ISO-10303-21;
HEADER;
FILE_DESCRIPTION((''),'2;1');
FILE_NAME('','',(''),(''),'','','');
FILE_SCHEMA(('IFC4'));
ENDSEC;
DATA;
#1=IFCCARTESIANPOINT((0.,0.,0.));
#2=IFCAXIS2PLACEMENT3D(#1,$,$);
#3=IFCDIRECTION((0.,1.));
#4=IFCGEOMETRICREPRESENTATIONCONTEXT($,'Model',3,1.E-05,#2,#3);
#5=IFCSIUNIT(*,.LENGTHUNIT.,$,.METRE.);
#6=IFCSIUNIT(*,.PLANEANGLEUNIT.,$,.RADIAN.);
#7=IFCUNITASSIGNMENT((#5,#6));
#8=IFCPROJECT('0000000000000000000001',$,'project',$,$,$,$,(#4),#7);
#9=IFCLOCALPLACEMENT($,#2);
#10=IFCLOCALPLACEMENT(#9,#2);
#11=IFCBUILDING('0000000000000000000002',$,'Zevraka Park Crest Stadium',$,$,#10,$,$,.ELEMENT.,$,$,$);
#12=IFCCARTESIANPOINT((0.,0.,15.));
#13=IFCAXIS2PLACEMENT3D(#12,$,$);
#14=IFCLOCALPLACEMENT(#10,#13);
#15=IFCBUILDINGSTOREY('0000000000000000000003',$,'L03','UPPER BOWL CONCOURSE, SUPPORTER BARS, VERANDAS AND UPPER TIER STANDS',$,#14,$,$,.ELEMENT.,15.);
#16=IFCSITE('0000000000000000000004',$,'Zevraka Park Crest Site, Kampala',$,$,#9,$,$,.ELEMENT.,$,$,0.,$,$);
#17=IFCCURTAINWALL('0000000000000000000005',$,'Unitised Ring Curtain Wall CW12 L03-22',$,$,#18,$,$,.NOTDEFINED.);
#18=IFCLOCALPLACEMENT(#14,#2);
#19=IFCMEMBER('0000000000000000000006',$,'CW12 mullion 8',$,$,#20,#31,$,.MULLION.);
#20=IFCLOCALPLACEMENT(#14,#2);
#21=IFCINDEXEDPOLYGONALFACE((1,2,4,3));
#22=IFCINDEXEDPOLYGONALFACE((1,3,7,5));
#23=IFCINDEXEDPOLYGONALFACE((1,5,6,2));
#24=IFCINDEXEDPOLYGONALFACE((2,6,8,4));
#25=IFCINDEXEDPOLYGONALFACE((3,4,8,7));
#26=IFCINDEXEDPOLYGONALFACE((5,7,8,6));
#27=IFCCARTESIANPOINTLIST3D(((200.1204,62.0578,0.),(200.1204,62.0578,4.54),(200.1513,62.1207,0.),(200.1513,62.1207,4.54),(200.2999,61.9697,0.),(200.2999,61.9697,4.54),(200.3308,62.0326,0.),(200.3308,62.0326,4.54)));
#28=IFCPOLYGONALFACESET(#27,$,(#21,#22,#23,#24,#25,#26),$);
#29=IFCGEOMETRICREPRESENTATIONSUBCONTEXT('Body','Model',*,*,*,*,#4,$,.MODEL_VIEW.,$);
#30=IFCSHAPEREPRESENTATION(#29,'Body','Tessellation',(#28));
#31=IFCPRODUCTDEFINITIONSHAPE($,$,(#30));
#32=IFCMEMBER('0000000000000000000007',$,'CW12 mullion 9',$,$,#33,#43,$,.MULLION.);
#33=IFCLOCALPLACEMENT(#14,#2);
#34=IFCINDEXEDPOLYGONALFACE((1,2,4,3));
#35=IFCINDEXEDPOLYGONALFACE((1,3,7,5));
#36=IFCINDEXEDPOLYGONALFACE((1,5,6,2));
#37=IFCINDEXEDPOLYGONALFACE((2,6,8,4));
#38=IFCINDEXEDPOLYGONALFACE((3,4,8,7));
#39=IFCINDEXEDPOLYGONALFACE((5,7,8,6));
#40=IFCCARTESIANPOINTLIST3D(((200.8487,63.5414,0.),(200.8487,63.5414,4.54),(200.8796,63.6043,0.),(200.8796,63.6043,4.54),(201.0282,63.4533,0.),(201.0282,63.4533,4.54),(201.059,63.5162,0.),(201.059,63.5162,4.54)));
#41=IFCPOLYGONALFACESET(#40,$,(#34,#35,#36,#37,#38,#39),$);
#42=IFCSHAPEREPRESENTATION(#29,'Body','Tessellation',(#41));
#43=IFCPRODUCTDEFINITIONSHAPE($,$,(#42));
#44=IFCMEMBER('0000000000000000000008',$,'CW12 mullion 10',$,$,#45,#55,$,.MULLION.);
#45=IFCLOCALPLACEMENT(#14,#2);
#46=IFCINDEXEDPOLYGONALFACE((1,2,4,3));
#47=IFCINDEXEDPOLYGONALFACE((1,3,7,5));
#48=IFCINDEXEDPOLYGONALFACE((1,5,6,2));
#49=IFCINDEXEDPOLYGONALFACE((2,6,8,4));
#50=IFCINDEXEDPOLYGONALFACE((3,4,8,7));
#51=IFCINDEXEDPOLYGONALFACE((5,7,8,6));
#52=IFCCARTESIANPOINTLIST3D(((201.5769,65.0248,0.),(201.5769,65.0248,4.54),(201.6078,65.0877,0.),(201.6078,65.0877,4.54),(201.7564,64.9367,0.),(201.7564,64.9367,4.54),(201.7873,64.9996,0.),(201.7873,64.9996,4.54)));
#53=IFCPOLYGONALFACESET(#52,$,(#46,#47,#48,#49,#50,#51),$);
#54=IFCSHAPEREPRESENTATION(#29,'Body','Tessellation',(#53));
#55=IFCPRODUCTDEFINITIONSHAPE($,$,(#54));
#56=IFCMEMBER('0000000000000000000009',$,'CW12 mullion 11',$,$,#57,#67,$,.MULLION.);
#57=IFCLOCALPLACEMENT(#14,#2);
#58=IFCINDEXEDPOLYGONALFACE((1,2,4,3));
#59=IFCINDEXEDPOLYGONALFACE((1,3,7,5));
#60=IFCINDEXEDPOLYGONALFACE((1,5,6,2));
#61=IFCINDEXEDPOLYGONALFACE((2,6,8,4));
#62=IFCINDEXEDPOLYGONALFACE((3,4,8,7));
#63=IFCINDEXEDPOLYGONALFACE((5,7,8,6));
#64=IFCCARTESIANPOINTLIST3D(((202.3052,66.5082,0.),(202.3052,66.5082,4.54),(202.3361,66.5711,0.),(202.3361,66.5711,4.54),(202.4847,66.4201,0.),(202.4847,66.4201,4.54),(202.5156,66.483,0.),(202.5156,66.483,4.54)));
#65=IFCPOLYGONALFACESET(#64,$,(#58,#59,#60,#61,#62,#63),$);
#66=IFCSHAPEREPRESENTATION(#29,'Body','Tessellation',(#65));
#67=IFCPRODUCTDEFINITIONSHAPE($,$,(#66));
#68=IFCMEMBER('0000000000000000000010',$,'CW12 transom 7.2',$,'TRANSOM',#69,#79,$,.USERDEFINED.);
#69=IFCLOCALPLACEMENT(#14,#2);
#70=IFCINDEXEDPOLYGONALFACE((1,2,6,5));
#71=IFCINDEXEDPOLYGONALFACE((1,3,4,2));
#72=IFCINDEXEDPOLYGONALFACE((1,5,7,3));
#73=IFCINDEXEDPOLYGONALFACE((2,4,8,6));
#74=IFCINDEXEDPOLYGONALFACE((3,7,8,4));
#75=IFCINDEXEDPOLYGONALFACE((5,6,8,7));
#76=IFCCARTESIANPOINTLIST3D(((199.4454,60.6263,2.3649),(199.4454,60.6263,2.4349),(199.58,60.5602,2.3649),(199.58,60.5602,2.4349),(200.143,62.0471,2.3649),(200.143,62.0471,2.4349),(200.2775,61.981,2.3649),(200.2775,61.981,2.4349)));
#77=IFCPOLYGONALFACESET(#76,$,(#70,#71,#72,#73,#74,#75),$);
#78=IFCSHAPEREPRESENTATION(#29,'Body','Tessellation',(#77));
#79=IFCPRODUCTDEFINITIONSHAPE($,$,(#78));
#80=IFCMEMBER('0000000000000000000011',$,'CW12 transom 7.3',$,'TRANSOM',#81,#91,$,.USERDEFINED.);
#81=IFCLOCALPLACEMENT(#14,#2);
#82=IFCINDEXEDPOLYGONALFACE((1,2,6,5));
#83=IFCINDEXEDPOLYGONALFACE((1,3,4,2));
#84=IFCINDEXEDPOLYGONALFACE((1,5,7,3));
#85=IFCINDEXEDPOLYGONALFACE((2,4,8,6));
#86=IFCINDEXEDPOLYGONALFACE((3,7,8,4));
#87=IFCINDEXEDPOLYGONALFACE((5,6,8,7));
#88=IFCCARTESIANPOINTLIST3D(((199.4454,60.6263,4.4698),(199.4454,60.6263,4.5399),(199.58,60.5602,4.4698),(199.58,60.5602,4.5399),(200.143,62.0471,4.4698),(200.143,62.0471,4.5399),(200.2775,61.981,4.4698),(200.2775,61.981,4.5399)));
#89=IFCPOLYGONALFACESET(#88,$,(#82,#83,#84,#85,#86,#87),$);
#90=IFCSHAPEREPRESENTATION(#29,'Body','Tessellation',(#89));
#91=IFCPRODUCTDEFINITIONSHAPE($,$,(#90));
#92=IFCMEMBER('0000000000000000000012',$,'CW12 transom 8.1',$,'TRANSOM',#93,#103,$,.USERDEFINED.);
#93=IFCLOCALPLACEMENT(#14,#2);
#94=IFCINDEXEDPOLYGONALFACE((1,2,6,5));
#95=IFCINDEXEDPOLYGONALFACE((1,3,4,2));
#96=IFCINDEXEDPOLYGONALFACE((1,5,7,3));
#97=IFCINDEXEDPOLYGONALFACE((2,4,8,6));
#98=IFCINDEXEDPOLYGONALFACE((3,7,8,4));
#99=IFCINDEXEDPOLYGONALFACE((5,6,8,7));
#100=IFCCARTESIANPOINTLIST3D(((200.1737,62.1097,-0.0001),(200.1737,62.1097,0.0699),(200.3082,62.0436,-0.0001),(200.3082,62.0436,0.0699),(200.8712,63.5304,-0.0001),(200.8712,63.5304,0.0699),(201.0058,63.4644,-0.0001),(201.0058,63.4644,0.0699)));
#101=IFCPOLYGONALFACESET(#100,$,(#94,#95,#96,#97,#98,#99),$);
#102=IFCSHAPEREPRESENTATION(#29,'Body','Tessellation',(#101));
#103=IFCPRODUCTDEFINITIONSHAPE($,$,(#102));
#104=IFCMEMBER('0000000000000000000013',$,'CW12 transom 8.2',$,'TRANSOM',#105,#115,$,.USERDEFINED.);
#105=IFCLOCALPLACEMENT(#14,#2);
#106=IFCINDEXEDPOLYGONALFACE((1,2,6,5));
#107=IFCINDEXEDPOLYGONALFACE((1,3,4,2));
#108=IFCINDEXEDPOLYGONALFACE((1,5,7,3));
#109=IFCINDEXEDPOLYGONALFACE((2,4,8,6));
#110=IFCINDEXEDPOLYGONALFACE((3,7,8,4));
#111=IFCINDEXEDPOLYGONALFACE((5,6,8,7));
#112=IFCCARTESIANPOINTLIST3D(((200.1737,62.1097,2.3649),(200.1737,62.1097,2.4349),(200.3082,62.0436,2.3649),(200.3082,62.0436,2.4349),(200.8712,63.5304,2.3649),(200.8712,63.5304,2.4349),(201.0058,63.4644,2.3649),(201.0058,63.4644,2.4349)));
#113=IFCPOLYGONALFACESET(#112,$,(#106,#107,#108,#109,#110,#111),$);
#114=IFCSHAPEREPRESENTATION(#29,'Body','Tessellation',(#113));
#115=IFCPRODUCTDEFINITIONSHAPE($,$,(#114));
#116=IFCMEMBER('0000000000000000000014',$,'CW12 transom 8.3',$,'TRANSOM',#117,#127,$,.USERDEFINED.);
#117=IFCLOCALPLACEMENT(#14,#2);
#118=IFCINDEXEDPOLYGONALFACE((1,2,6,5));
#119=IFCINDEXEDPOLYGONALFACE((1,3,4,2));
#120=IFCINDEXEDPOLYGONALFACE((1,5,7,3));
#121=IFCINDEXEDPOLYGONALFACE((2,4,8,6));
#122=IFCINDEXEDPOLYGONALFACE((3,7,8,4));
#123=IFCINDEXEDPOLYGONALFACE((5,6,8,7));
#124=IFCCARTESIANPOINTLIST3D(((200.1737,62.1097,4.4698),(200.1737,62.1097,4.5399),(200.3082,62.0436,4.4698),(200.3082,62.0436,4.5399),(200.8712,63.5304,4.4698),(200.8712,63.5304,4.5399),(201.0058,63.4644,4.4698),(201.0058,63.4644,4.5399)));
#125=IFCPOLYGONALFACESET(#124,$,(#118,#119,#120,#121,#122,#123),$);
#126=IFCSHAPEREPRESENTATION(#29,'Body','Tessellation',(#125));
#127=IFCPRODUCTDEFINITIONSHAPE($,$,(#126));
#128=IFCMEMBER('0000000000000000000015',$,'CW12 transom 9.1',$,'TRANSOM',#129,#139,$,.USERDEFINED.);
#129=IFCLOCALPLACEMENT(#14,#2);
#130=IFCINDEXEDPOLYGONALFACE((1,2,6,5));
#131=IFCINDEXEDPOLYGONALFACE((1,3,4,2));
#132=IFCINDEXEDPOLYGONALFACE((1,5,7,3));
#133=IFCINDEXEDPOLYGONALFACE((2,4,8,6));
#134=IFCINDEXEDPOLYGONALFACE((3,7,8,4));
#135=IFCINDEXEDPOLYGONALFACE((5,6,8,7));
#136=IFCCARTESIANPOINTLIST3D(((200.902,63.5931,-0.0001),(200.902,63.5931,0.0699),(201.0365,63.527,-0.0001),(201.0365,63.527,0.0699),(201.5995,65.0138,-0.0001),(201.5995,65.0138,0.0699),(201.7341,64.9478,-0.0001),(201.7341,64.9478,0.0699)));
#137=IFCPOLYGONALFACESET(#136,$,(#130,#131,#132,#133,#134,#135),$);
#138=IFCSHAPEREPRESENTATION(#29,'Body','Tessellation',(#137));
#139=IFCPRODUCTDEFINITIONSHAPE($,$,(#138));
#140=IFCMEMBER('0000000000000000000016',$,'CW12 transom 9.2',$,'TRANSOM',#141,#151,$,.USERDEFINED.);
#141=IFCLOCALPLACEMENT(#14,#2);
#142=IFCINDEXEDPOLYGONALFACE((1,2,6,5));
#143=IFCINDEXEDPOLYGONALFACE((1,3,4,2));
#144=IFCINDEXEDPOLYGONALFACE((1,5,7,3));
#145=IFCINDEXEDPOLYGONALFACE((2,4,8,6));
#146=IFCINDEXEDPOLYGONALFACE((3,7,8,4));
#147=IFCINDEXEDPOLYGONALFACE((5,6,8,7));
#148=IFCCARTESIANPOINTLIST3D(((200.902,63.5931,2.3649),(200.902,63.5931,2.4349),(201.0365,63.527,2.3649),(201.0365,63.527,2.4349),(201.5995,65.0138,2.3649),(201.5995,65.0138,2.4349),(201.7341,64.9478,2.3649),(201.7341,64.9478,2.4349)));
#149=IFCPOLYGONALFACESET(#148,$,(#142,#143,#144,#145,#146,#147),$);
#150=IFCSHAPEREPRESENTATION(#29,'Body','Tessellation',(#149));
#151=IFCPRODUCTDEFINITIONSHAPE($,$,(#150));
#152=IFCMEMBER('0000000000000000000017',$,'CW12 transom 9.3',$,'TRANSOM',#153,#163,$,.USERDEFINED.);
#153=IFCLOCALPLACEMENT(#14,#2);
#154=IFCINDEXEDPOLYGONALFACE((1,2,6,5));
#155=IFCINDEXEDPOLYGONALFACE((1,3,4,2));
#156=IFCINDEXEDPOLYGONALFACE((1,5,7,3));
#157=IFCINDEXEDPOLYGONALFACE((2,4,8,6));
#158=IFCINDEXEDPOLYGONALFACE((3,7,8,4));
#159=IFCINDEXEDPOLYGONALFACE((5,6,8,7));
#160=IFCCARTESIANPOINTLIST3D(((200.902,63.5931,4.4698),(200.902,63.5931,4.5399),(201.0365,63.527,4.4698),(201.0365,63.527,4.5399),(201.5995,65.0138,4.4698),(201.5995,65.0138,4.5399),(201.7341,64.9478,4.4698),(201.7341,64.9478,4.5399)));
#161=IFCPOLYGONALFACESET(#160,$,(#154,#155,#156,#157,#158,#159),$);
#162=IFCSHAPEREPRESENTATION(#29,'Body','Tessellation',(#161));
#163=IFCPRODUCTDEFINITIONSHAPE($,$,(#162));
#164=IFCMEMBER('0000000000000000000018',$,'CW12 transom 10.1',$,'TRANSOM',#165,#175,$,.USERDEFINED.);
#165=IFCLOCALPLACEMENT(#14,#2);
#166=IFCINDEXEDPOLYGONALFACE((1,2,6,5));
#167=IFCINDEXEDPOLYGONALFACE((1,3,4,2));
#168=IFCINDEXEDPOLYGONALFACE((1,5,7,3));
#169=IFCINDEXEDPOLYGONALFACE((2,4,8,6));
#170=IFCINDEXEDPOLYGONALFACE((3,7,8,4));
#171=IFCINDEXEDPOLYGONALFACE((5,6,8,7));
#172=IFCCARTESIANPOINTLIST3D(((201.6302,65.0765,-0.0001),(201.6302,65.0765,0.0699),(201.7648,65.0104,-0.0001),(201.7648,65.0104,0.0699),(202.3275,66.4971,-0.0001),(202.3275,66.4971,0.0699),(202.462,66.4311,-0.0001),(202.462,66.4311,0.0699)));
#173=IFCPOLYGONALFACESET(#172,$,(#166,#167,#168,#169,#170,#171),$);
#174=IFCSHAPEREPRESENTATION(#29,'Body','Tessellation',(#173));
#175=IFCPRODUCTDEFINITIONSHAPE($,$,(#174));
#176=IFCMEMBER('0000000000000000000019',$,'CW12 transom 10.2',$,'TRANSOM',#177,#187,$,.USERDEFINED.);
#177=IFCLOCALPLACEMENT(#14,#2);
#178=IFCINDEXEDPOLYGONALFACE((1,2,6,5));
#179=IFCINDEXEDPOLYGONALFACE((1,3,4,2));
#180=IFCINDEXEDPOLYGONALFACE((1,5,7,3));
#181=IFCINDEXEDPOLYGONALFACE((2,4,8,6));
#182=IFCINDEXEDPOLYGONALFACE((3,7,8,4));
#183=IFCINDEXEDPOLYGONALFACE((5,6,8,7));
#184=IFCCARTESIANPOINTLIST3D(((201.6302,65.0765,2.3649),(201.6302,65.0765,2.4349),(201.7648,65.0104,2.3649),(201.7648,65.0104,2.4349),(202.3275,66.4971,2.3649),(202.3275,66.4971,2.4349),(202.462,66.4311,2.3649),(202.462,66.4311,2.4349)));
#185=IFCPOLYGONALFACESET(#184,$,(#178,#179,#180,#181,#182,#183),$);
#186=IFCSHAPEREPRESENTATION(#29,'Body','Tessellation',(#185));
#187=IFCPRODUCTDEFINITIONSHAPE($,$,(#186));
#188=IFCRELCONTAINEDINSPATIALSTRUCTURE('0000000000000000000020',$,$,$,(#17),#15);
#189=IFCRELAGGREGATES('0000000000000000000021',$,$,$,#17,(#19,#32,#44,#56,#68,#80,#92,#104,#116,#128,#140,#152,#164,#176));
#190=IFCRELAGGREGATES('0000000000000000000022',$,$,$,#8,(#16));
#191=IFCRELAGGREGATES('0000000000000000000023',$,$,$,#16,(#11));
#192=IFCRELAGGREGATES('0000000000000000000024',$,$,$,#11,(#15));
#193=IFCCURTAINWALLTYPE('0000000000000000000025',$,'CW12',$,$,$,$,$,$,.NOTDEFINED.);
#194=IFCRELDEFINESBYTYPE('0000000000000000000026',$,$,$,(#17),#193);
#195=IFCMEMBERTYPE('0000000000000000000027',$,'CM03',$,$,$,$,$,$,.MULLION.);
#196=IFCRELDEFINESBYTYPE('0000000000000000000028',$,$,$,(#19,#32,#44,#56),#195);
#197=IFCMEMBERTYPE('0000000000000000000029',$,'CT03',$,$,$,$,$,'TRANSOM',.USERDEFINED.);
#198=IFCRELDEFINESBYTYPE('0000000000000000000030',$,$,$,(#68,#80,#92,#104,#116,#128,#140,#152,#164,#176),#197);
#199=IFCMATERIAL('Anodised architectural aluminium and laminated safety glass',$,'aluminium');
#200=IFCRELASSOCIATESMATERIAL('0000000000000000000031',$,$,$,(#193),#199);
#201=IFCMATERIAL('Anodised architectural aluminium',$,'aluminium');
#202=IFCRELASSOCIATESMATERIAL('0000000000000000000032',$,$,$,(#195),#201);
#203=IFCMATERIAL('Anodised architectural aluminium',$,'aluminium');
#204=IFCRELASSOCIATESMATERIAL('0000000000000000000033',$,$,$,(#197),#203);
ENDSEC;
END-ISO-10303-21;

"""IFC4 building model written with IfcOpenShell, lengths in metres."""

from ifc_helpers import new_model, si_unit, direction, frame, origin, origin_2d, place, context, subcontext, project, spatial, rectangle, extrude, material, material_profile, profile_set, type_object, element, aggregate, save


model = new_model("IFC4")

# Units and contexts
model_context = context("Model", 3, precision=1e-05, world=origin(), true_north=direction((0.0, 1.0)))
body_context = subcontext(model_context, "Body", "Model", "MODEL_VIEW")
ifc_project = project(units=[si_unit("LENGTHUNIT", "METRE"), si_unit("PLANEANGLEUNIT", "RADIAN")], contexts=[model_context])

# Site, building, storey
site_placement = place(None, origin())
site = spatial("IfcSite", under=ifc_project, at=site_placement, Name="Zevraka Park Crest Site, Kampala", CompositionType="ELEMENT", RefElevation=0.0)
building_placement = place(site_placement, origin())
building = spatial("IfcBuilding", under=site, at=building_placement, Name="Zevraka Park Crest Stadium", CompositionType="ELEMENT")
storey_placement = place(building_placement, frame((0.0, 0.0, 15.0)))
storey = spatial("IfcBuildingStorey", under=building, at=storey_placement, Name="L03", Description="UPPER BOWL CONCOURSE, SUPPORTER BARS, VERANDAS AND UPPER TIER STANDS", CompositionType="ELEMENT", Elevation=15.0)

# Curtain wall, members
ifc_material_1 = material(Name="Anodised architectural aluminium and laminated safety glass", Category="aluminium")
curtain_wall_type = type_object("IfcCurtainWallType", Name="CW12", PredefinedType="NOTDEFINED", material=ifc_material_1)
curtain_wall_placement = place(storey_placement, origin())
curtain_wall = element("IfcCurtainWall", 1, at=curtain_wall_placement, inside=storey, type_object=curtain_wall_type, Name="Unitised Ring Curtain Wall CW12 L03-22", PredefinedType="NOTDEFINED")
ifc_material_2 = material(Name="Anodised architectural aluminium", Category="aluminium")
ifc_material_profile_1 = material_profile(ifc_material_2, rectangle(XDim=0.2, YDim=0.0701, at=origin_2d()), Name="ALU MULLION 200x70")
ifc_profile_set_1 = profile_set([ifc_material_profile_1], Name="Anodised architectural aluminium")
member_type_1 = type_object("IfcMemberType", Name="CM03", PredefinedType="MULLION", material=ifc_profile_set_1)
member_1_placement = place(storey_placement, frame((200.2256, 62.0452, 0.0), z_axis=(0.0, 0.0, 1.0), x_axis=(-0.897671, 0.440666, 0.0)))
member_1 = element("IfcMember", 2, at=member_1_placement, type_object=member_type_1, Name="CW12 mullion 8", PredefinedType="MULLION", context=body_context, shape_type="SweptSolid", body=[
    extrude(rectangle(XDim=0.2, YDim=0.0701, at=origin_2d()), origin(), (0.0, 0.0, 1.0), 4.54),
])
member_2_placement = place(storey_placement, frame((200.9539, 63.5288, 0.0), z_axis=(0.0, 0.0, 1.0), x_axis=(-0.897671, 0.440666, 0.0)))
member_2 = element("IfcMember", 3, at=member_2_placement, type_object=member_type_1, Name="CW12 mullion 9", PredefinedType="MULLION", context=body_context, shape_type="SweptSolid", body=[
    extrude(rectangle(XDim=0.2, YDim=0.0701, at=origin_2d()), origin(), (0.0, 0.0, 1.0), 4.54),
])
member_3_placement = place(storey_placement, frame((201.6821, 65.0122, 0.0), z_axis=(0.0, 0.0, 1.0), x_axis=(-0.897671, 0.440666, 0.0)))
member_3 = element("IfcMember", 4, at=member_3_placement, type_object=member_type_1, Name="CW12 mullion 10", PredefinedType="MULLION", context=body_context, shape_type="SweptSolid", body=[
    extrude(rectangle(XDim=0.2, YDim=0.0701, at=origin_2d()), origin(), (0.0, 0.0, 1.0), 4.54),
])
member_4_placement = place(storey_placement, frame((202.4104, 66.4956, 0.0), z_axis=(0.0, 0.0, 1.0), x_axis=(-0.897671, 0.440666, 0.0)))
member_4 = element("IfcMember", 5, at=member_4_placement, type_object=member_type_1, Name="CW12 mullion 11", PredefinedType="MULLION", context=body_context, shape_type="SweptSolid", body=[
    extrude(rectangle(XDim=0.2, YDim=0.0701, at=origin_2d()), origin(), (0.0, 0.0, 1.0), 4.54),
])
ifc_material_3 = material(Name="Anodised architectural aluminium", Category="aluminium")
ifc_material_profile_2 = material_profile(ifc_material_3, rectangle(XDim=0.1499, YDim=0.0701, at=origin_2d()), Name="ALU TRANSOM 150x70")
ifc_profile_set_2 = profile_set([ifc_material_profile_2], Name="Anodised architectural aluminium")
member_type_2 = type_object("IfcMemberType", Name="CT03", ElementType="TRANSOM", PredefinedType="USERDEFINED", material=ifc_profile_set_2)
member_5_placement = place(storey_placement, frame((199.5127, 60.5933, 2.3999), z_axis=(0.440723, 0.897643, 0.0), x_axis=(-0.897643, 0.440723, 0.0)))
member_5 = element("IfcMember", 6, at=member_5_placement, type_object=member_type_2, Name="CW12 transom 7.2", ObjectType="TRANSOM", PredefinedType="USERDEFINED", context=body_context, shape_type="SweptSolid", body=[
    extrude(rectangle(XDim=0.1499, YDim=0.0701, at=origin_2d()), origin(), (0.0, 0.0, 1.0), 1.5828),
])
member_6_placement = place(storey_placement, frame((199.5127, 60.5933, 4.5049), z_axis=(0.440723, 0.897643, 0.0), x_axis=(-0.897643, 0.440723, 0.0)))
member_6 = element("IfcMember", 7, at=member_6_placement, type_object=member_type_2, Name="CW12 transom 7.3", ObjectType="TRANSOM", PredefinedType="USERDEFINED", context=body_context, shape_type="SweptSolid", body=[
    extrude(rectangle(XDim=0.1499, YDim=0.0701, at=origin_2d()), origin(), (0.0, 0.0, 1.0), 1.5828),
])
member_7_placement = place(storey_placement, frame((200.241, 62.0767, 0.0349), z_axis=(0.440723, 0.897643, 0.0), x_axis=(-0.897643, 0.440723, 0.0)))
member_7 = element("IfcMember", 8, at=member_7_placement, type_object=member_type_2, Name="CW12 transom 8.1", ObjectType="TRANSOM", PredefinedType="USERDEFINED", context=body_context, shape_type="SweptSolid", body=[
    extrude(rectangle(XDim=0.1499, YDim=0.0701, at=origin_2d()), origin(), (0.0, 0.0, 1.0), 1.5828),
])
member_8_placement = place(storey_placement, frame((200.241, 62.0767, 2.3999), z_axis=(0.440723, 0.897643, 0.0), x_axis=(-0.897643, 0.440723, 0.0)))
member_8 = element("IfcMember", 9, at=member_8_placement, type_object=member_type_2, Name="CW12 transom 8.2", ObjectType="TRANSOM", PredefinedType="USERDEFINED", context=body_context, shape_type="SweptSolid", body=[
    extrude(rectangle(XDim=0.1499, YDim=0.0701, at=origin_2d()), origin(), (0.0, 0.0, 1.0), 1.5828),
])
member_9_placement = place(storey_placement, frame((200.241, 62.0767, 4.5049), z_axis=(0.440723, 0.897643, 0.0), x_axis=(-0.897643, 0.440723, 0.0)))
member_9 = element("IfcMember", 10, at=member_9_placement, type_object=member_type_2, Name="CW12 transom 8.3", ObjectType="TRANSOM", PredefinedType="USERDEFINED", context=body_context, shape_type="SweptSolid", body=[
    extrude(rectangle(XDim=0.1499, YDim=0.0701, at=origin_2d()), origin(), (0.0, 0.0, 1.0), 1.5828),
])
member_10_placement = place(storey_placement, frame((200.9692, 63.5601, 0.0349), z_axis=(0.440723, 0.897643, 0.0), x_axis=(-0.897643, 0.440723, 0.0)))
member_10 = element("IfcMember", 11, at=member_10_placement, type_object=member_type_2, Name="CW12 transom 9.1", ObjectType="TRANSOM", PredefinedType="USERDEFINED", context=body_context, shape_type="SweptSolid", body=[
    extrude(rectangle(XDim=0.1499, YDim=0.0701, at=origin_2d()), origin(), (0.0, 0.0, 1.0), 1.5828),
])
member_11_placement = place(storey_placement, frame((200.9692, 63.5601, 2.3999), z_axis=(0.440723, 0.897643, 0.0), x_axis=(-0.897643, 0.440723, 0.0)))
member_11 = element("IfcMember", 12, at=member_11_placement, type_object=member_type_2, Name="CW12 transom 9.2", ObjectType="TRANSOM", PredefinedType="USERDEFINED", context=body_context, shape_type="SweptSolid", body=[
    extrude(rectangle(XDim=0.1499, YDim=0.0701, at=origin_2d()), origin(), (0.0, 0.0, 1.0), 1.5828),
])
member_12_placement = place(storey_placement, frame((200.9692, 63.5601, 4.5049), z_axis=(0.440723, 0.897643, 0.0), x_axis=(-0.897643, 0.440723, 0.0)))
member_12 = element("IfcMember", 13, at=member_12_placement, type_object=member_type_2, Name="CW12 transom 9.3", ObjectType="TRANSOM", PredefinedType="USERDEFINED", context=body_context, shape_type="SweptSolid", body=[
    extrude(rectangle(XDim=0.1499, YDim=0.0701, at=origin_2d()), origin(), (0.0, 0.0, 1.0), 1.5828),
])
member_13_placement = place(storey_placement, frame((201.6975, 65.0435, 0.0349), z_axis=(0.440599, 0.897704, 0.0), x_axis=(-0.897704, 0.440599, 0.0)))
member_13 = element("IfcMember", 14, at=member_13_placement, type_object=member_type_2, Name="CW12 transom 10.1", ObjectType="TRANSOM", PredefinedType="USERDEFINED", context=body_context, shape_type="SweptSolid", body=[
    extrude(rectangle(XDim=0.1499, YDim=0.0701, at=origin_2d()), origin(), (0.0, 0.0, 1.0), 1.5825),
])
member_14_placement = place(storey_placement, frame((201.6975, 65.0435, 2.3999), z_axis=(0.440599, 0.897704, 0.0), x_axis=(-0.897704, 0.440599, 0.0)))
member_14 = element("IfcMember", 15, at=member_14_placement, type_object=member_type_2, Name="CW12 transom 10.2", ObjectType="TRANSOM", PredefinedType="USERDEFINED", context=body_context, shape_type="SweptSolid", body=[
    extrude(rectangle(XDim=0.1499, YDim=0.0701, at=origin_2d()), origin(), (0.0, 0.0, 1.0), 1.5825),
])
aggregate(curtain_wall, [member_1, member_2, member_3, member_4, member_5, member_6, member_7, member_8, member_9, member_10, member_11, member_12, member_13, member_14])

save(model, "model.ifc")
